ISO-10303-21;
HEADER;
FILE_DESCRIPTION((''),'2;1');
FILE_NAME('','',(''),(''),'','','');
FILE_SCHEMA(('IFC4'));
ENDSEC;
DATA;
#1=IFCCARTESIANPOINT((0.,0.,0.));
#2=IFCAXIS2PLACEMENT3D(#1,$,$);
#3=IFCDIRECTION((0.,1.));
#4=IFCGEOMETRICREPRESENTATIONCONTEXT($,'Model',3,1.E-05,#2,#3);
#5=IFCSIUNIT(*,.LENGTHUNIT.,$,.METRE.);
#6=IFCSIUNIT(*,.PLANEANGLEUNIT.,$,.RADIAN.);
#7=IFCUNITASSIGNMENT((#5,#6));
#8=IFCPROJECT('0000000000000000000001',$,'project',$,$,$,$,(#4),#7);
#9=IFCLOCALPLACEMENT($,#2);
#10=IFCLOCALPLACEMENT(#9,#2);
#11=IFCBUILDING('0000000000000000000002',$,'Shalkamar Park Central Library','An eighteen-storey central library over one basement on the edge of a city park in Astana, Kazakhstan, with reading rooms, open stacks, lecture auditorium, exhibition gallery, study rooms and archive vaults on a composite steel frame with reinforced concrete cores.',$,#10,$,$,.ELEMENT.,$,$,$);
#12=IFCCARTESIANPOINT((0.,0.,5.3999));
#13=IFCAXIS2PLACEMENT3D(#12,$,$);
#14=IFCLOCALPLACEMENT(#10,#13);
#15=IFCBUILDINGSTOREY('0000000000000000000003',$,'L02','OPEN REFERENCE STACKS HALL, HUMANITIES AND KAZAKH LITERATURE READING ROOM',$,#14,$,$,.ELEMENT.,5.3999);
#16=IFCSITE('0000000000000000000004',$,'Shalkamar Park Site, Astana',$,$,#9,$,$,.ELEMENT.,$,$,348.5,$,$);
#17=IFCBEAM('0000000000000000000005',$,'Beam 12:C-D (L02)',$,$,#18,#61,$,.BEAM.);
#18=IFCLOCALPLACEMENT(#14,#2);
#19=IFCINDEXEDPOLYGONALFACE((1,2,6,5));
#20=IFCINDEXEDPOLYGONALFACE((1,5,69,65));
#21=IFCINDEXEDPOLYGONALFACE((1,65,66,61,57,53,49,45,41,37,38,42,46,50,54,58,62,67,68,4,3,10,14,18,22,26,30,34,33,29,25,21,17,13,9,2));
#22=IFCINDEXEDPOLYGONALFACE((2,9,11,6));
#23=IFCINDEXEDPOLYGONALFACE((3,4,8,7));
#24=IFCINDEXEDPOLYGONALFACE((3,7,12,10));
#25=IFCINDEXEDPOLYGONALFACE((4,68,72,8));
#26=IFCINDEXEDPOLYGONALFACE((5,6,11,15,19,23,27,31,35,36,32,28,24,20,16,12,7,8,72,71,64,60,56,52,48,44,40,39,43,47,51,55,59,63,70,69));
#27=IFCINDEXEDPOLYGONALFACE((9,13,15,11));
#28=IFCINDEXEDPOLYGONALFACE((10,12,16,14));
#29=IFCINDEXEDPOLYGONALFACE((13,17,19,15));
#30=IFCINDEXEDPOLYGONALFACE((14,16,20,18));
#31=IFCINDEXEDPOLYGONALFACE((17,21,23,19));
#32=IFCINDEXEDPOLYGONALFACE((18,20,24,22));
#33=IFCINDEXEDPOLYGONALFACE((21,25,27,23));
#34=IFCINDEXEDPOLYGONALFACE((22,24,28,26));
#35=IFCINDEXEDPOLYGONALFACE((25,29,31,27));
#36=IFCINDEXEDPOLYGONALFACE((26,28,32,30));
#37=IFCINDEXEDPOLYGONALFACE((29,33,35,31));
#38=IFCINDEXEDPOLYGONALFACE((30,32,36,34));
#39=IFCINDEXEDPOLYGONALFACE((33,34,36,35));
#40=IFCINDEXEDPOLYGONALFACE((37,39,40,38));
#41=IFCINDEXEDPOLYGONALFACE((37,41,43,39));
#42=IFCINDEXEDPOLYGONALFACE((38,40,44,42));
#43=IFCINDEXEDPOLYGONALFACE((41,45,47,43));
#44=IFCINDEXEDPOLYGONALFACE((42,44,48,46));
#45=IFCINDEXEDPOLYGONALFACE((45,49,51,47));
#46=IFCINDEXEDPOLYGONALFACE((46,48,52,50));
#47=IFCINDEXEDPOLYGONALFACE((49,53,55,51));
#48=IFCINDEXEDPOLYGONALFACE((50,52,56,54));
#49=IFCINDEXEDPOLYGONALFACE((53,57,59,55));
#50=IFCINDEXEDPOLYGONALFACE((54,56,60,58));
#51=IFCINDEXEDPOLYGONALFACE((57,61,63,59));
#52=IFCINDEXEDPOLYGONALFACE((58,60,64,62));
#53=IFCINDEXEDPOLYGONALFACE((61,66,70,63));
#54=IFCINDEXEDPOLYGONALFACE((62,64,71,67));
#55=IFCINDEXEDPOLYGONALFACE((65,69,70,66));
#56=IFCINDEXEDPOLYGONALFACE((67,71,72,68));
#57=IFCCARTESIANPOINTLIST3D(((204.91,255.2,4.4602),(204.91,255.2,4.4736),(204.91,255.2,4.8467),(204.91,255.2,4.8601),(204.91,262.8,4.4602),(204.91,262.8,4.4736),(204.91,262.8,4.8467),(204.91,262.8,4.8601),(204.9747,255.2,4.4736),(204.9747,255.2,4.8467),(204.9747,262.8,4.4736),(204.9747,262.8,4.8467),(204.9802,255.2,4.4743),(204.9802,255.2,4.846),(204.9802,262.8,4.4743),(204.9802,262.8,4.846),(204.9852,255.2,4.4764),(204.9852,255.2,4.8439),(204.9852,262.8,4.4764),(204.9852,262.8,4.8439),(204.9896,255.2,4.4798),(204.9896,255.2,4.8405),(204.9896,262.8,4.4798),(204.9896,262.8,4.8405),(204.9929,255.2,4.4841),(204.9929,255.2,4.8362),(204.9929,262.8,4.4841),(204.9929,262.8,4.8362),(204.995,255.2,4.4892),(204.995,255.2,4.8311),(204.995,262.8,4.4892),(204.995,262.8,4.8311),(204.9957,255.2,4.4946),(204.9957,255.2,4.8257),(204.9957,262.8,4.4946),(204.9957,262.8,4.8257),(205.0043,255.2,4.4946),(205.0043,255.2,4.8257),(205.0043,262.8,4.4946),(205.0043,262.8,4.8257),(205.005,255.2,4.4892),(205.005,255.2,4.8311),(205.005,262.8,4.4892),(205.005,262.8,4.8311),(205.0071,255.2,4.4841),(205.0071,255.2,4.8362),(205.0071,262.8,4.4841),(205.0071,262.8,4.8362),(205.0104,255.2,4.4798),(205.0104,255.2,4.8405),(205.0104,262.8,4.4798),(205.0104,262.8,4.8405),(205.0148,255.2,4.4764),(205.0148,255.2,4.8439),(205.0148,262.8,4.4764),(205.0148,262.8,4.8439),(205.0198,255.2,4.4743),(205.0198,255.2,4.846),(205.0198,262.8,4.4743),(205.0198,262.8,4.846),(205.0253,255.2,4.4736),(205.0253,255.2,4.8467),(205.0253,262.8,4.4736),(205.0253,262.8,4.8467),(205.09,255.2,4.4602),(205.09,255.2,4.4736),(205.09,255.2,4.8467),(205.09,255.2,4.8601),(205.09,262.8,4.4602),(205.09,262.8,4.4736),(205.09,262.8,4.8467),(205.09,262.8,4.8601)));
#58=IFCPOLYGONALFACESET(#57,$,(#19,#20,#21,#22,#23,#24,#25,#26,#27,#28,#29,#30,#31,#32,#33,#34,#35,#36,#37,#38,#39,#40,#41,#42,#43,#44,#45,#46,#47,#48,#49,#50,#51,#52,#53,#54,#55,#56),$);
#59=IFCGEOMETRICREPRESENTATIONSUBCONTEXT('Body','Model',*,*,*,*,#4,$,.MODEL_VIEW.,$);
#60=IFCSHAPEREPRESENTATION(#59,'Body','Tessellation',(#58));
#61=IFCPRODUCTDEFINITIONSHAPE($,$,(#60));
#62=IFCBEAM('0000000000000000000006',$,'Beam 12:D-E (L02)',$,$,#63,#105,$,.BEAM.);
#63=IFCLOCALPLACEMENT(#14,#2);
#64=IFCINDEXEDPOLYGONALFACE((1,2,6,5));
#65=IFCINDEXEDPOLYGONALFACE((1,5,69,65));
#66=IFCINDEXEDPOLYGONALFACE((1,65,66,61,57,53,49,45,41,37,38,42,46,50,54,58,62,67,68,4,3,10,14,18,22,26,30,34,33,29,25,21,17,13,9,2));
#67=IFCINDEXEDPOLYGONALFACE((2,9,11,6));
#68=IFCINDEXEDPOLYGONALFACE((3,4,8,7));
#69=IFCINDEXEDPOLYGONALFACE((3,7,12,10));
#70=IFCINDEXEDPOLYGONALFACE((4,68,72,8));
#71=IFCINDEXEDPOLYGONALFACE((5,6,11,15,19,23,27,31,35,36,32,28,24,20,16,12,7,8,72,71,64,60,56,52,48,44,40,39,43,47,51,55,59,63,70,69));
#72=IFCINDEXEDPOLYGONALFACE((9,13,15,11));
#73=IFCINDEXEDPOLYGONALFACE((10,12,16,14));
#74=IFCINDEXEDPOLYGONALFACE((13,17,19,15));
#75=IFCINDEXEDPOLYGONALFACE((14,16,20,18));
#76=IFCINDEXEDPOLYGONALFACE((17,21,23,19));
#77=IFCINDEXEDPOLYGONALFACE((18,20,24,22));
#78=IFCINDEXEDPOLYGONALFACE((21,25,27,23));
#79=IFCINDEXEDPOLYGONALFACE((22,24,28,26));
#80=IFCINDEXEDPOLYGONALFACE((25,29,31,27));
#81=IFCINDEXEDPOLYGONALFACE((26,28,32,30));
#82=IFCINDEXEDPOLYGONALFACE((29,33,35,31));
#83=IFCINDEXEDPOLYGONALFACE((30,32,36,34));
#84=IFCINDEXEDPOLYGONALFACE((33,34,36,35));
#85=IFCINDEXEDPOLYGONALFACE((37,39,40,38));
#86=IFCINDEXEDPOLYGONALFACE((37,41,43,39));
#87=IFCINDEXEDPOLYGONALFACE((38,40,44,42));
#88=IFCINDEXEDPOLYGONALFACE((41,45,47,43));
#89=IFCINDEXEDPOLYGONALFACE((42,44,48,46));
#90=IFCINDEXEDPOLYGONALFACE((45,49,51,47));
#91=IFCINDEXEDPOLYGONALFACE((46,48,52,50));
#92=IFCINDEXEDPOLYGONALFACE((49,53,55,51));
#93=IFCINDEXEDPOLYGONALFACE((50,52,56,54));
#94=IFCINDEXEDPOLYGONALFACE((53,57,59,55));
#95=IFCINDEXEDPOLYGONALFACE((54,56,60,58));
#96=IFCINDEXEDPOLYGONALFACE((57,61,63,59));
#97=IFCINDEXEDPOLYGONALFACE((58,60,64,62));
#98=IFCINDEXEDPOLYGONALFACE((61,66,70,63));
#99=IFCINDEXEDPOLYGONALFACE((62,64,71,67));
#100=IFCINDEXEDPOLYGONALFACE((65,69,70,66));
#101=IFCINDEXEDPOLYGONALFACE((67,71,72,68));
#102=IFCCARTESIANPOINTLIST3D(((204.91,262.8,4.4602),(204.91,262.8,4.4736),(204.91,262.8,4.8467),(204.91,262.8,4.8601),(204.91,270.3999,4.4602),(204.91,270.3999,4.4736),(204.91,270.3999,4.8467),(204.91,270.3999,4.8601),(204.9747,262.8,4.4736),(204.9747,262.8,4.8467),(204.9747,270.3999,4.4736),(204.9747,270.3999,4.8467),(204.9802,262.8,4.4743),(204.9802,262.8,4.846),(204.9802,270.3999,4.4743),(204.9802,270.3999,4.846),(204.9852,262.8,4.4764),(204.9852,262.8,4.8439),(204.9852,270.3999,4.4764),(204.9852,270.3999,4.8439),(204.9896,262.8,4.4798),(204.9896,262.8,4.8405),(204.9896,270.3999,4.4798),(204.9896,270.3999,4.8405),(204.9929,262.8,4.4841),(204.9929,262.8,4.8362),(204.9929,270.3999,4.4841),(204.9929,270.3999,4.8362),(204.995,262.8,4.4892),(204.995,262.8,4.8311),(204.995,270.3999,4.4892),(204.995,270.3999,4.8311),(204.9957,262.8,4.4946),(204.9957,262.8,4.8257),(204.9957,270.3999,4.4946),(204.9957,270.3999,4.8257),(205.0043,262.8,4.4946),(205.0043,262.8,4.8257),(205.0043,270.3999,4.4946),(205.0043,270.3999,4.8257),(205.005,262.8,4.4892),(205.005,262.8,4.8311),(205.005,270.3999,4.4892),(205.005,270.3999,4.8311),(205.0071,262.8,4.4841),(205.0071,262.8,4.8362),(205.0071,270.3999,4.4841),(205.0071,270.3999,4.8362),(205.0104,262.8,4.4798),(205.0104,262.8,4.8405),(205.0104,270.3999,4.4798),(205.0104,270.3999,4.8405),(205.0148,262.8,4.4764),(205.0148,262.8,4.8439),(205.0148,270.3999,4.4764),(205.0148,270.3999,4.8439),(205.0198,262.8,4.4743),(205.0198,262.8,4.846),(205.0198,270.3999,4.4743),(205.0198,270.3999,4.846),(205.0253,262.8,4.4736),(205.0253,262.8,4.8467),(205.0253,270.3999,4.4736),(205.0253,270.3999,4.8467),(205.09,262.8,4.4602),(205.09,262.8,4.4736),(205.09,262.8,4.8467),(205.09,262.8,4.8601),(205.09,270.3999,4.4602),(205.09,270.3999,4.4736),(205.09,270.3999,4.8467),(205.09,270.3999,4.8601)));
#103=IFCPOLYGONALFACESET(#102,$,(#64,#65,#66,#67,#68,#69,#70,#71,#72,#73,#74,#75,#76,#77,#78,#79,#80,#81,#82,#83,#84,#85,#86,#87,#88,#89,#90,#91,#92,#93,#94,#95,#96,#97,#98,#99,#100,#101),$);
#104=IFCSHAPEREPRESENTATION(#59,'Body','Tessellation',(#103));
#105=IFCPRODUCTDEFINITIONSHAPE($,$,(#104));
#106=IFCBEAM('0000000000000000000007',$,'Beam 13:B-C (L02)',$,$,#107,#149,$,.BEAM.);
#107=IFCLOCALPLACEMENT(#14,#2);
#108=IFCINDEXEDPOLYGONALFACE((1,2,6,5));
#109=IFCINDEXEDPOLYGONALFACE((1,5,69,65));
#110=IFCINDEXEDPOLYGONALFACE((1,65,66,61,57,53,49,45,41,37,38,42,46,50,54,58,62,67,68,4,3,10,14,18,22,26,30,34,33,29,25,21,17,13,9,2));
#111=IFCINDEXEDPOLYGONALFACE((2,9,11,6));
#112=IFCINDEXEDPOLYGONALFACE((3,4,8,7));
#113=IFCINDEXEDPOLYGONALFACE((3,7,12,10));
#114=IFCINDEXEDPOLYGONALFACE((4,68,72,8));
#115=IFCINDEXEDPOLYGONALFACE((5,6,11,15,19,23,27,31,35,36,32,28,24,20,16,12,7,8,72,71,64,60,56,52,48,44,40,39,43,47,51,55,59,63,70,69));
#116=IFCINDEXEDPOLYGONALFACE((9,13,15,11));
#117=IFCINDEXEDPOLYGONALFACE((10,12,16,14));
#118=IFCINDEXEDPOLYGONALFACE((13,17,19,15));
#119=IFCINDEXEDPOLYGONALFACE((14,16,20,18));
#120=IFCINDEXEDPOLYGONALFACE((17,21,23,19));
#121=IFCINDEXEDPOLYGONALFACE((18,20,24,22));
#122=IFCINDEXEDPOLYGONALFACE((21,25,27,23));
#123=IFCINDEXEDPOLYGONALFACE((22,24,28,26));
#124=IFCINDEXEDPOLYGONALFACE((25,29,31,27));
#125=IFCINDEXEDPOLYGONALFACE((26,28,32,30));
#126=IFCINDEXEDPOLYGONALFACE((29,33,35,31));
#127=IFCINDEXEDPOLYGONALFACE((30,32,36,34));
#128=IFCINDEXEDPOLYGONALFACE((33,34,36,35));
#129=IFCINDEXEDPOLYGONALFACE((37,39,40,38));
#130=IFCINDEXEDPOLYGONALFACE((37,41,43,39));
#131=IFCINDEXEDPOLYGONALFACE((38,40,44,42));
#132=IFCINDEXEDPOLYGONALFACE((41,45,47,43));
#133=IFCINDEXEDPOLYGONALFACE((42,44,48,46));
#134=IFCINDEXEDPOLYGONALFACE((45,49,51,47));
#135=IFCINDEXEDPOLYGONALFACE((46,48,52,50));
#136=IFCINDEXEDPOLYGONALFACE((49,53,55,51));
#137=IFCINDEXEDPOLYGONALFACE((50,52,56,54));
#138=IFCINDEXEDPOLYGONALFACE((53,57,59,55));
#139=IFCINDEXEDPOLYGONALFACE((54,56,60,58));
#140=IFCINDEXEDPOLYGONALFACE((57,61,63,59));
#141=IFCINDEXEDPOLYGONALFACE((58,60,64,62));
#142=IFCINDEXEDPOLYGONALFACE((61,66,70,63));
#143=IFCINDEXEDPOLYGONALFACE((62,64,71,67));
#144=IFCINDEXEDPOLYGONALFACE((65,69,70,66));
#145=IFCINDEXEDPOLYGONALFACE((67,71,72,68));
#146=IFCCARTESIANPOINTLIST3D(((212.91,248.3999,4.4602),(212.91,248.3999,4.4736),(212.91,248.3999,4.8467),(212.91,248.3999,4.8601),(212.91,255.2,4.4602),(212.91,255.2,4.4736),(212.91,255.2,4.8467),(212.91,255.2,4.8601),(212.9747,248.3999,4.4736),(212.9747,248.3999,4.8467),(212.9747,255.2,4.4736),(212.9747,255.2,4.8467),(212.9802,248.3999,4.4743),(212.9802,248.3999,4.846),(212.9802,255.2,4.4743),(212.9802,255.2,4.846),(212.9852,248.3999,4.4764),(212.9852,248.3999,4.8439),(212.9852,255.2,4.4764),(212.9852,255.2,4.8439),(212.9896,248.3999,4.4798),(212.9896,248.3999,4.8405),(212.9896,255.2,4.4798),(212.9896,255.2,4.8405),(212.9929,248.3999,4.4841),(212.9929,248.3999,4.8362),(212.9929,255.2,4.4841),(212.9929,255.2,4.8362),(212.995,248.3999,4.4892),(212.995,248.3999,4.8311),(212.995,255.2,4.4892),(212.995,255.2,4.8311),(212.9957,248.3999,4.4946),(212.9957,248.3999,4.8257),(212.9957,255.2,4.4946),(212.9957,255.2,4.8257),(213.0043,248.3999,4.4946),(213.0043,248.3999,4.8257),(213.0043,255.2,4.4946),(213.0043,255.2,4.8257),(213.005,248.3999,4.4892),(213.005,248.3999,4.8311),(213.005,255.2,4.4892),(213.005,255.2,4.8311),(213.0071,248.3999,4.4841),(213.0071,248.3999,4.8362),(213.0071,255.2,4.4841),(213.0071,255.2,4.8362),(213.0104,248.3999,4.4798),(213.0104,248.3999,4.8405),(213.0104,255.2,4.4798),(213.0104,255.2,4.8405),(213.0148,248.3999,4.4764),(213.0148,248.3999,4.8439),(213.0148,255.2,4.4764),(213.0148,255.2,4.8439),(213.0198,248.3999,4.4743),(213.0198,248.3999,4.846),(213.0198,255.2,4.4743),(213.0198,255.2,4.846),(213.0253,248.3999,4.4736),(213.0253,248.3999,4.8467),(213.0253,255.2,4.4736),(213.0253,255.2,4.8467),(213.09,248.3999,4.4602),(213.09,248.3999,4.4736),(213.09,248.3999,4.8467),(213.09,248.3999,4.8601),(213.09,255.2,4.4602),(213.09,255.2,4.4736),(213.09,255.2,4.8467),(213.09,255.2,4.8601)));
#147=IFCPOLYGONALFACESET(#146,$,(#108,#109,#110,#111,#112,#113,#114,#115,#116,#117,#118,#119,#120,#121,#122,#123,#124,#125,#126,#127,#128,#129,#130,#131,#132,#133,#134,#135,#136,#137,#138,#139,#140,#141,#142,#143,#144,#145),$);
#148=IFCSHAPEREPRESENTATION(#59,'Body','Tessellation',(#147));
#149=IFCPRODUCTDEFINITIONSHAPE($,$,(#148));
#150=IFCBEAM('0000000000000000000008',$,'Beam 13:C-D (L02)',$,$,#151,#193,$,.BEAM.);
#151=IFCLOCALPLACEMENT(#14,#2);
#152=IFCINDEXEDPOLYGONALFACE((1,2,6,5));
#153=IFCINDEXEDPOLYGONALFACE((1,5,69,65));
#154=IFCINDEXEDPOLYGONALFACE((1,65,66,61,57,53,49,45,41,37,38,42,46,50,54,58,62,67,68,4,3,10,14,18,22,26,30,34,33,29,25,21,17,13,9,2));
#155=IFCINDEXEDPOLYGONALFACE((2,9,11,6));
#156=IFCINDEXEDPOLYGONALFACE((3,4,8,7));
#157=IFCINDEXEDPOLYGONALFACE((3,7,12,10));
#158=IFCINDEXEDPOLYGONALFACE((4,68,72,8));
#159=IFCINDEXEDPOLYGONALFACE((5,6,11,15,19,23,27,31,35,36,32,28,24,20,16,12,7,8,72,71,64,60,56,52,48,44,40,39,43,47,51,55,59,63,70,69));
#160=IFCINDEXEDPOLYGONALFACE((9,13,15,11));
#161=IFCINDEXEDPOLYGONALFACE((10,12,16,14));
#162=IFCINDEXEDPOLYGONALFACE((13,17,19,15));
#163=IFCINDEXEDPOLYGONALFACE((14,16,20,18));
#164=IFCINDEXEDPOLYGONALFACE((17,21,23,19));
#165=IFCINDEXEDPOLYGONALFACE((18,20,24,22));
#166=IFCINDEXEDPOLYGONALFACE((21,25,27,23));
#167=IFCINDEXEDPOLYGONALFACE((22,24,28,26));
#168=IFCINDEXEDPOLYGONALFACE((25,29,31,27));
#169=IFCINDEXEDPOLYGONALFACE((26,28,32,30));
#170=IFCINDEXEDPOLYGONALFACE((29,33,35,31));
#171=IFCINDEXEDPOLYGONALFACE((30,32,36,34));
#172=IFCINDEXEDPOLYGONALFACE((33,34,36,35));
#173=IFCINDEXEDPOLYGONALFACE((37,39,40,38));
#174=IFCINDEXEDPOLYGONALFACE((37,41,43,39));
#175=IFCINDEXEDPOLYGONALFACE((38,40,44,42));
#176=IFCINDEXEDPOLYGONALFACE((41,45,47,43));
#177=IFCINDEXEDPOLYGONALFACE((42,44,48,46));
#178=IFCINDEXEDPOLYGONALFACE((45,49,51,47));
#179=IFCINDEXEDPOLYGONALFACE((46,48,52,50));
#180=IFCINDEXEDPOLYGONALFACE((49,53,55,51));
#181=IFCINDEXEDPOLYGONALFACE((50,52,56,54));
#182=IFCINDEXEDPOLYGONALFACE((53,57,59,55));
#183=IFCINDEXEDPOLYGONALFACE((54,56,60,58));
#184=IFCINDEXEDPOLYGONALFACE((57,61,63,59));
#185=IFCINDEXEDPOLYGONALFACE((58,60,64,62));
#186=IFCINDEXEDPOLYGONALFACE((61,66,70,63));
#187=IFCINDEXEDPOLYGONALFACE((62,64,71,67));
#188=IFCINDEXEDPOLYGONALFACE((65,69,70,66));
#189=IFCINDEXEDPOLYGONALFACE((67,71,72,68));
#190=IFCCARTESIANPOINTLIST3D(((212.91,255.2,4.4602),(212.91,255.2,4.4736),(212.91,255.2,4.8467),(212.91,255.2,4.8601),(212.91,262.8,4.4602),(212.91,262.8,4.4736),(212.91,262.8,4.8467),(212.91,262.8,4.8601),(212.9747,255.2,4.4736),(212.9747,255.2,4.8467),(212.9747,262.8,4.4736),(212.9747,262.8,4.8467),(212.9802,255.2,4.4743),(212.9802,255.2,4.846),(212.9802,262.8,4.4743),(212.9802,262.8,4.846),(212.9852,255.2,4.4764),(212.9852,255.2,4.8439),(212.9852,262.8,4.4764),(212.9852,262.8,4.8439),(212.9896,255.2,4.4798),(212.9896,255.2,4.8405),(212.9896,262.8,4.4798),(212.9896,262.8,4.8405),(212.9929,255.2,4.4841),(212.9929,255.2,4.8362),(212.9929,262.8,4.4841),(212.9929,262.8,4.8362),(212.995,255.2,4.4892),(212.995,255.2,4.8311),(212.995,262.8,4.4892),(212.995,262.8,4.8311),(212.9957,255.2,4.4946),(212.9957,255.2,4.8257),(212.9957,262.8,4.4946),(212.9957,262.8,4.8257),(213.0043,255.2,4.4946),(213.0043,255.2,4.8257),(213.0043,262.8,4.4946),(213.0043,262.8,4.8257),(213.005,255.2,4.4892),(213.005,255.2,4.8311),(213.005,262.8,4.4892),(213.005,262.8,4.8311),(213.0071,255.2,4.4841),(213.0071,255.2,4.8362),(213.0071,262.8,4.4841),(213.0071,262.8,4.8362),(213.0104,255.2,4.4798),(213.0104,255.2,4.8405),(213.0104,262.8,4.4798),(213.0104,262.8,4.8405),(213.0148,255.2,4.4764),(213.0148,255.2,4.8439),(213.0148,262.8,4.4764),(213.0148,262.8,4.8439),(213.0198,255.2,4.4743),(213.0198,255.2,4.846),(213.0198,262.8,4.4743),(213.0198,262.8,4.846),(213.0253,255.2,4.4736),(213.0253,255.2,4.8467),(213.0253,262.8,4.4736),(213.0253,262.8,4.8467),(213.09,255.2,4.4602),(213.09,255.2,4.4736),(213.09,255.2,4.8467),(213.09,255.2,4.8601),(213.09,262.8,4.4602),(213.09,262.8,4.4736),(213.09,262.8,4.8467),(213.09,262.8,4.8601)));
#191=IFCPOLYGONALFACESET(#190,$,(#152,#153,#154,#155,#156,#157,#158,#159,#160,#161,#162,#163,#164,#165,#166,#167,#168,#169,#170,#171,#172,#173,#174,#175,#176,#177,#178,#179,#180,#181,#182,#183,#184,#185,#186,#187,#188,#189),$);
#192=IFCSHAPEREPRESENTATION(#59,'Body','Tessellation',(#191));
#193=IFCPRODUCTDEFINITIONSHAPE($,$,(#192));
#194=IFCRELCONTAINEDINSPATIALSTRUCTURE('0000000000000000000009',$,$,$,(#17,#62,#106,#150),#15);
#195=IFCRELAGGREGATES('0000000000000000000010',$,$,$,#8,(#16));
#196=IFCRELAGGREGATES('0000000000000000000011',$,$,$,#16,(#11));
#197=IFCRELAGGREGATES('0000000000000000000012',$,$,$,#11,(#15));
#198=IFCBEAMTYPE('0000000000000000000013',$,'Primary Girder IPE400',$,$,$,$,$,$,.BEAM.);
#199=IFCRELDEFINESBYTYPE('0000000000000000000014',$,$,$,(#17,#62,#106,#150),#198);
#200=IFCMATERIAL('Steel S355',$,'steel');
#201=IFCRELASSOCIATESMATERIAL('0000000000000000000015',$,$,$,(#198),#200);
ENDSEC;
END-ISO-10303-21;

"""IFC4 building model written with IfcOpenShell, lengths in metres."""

from ifc_helpers import new_model, si_unit, direction, frame, origin, origin_2d, place, context, subcontext, project, spatial, i_section, extrude, material, material_profile, profile_set, type_object, element, save


model = new_model("IFC4")

# Units and contexts
model_context = context("Model", 3, precision=1e-05, world=origin(), true_north=direction((0.0, 1.0)))
body_context = subcontext(model_context, "Body", "Model", "MODEL_VIEW")
ifc_project = project(units=[si_unit("LENGTHUNIT", "METRE"), si_unit("PLANEANGLEUNIT", "RADIAN")], contexts=[model_context])

# Site, building, storey
site_placement = place(None, origin())
site = spatial("IfcSite", under=ifc_project, at=site_placement, Name="Shalkamar Park Site, Astana", CompositionType="ELEMENT", RefElevation=348.5)
building_placement = place(site_placement, origin())
building = spatial("IfcBuilding", under=site, at=building_placement, Name="Shalkamar Park Central Library", Description="An eighteen-storey central library over one basement on the edge of a city park in Astana, Kazakhstan, with reading rooms, open stacks, lecture auditorium, exhibition gallery, study rooms and archive vaults on a composite steel frame with reinforced concrete cores.", CompositionType="ELEMENT")
storey_placement = place(building_placement, frame((0.0, 0.0, 5.3999)))
storey = spatial("IfcBuildingStorey", under=building, at=storey_placement, Name="L02", Description="OPEN REFERENCE STACKS HALL, HUMANITIES AND KAZAKH LITERATURE READING ROOM", CompositionType="ELEMENT", Elevation=5.3999)

# Shared definitions
ifc_material_1 = material(Name="Steel S355", Category="steel")

# Beams
ifc_material_profile_1 = material_profile(ifc_material_1, i_section(OverallWidth=0.1799, OverallDepth=0.3999, WebThickness=0.0085, FlangeThickness=0.0134, FilletRadius=0.021, at=origin_2d()), Name="IPE 400")
ifc_profile_set_1 = profile_set([ifc_material_profile_1], Name="Steel S355")
beam_type_1 = type_object("IfcBeamType", Name="Primary Girder IPE400", PredefinedType="BEAM", material=ifc_profile_set_1)
beam_1_placement = place(storey_placement, frame((205.0, 255.2, 4.6602), z_axis=(0.0, 1.0, 0.0), x_axis=(-1.0, 0.0, 0.0)))
element("IfcBeam", 1, at=beam_1_placement, inside=storey, type_object=beam_type_1, Name="Beam 12:C-D (L02)", PredefinedType="BEAM", context=body_context, shape_type="SweptSolid", body=[
    extrude(i_section(OverallWidth=0.1799, OverallDepth=0.3999, WebThickness=0.0085, FlangeThickness=0.0134, FilletRadius=0.021, at=origin_2d()), origin(), (0.0, 0.0, 1.0), 7.6001),
])
beam_2_placement = place(storey_placement, frame((205.0, 262.8, 4.6602), z_axis=(0.0, 1.0, 0.0), x_axis=(-1.0, 0.0, 0.0)))
element("IfcBeam", 2, at=beam_2_placement, inside=storey, type_object=beam_type_1, Name="Beam 12:D-E (L02)", PredefinedType="BEAM", context=body_context, shape_type="SweptSolid", body=[
    extrude(i_section(OverallWidth=0.1799, OverallDepth=0.3999, WebThickness=0.0085, FlangeThickness=0.0134, FilletRadius=0.021, at=origin_2d()), origin(), (0.0, 0.0, 1.0), 7.5999),
])
beam_3_placement = place(storey_placement, frame((213.0, 248.3999, 4.6602), z_axis=(0.0, 1.0, 0.0), x_axis=(-1.0, 0.0, 0.0)))
element("IfcBeam", 3, at=beam_3_placement, inside=storey, type_object=beam_type_1, Name="Beam 13:B-C (L02)", PredefinedType="BEAM", context=body_context, shape_type="SweptSolid", body=[
    extrude(i_section(OverallWidth=0.1799, OverallDepth=0.3999, WebThickness=0.0085, FlangeThickness=0.0134, FilletRadius=0.021, at=origin_2d()), origin(), (0.0, 0.0, 1.0), 6.8),
])
beam_4_placement = place(storey_placement, frame((213.0, 255.2, 4.6602), z_axis=(0.0, 1.0, 0.0), x_axis=(-1.0, 0.0, 0.0)))
element("IfcBeam", 4, at=beam_4_placement, inside=storey, type_object=beam_type_1, Name="Beam 13:C-D (L02)", PredefinedType="BEAM", context=body_context, shape_type="SweptSolid", body=[
    extrude(i_section(OverallWidth=0.1799, OverallDepth=0.3999, WebThickness=0.0085, FlangeThickness=0.0134, FilletRadius=0.021, at=origin_2d()), origin(), (0.0, 0.0, 1.0), 7.6001),
])

save(model, "model.ifc")
